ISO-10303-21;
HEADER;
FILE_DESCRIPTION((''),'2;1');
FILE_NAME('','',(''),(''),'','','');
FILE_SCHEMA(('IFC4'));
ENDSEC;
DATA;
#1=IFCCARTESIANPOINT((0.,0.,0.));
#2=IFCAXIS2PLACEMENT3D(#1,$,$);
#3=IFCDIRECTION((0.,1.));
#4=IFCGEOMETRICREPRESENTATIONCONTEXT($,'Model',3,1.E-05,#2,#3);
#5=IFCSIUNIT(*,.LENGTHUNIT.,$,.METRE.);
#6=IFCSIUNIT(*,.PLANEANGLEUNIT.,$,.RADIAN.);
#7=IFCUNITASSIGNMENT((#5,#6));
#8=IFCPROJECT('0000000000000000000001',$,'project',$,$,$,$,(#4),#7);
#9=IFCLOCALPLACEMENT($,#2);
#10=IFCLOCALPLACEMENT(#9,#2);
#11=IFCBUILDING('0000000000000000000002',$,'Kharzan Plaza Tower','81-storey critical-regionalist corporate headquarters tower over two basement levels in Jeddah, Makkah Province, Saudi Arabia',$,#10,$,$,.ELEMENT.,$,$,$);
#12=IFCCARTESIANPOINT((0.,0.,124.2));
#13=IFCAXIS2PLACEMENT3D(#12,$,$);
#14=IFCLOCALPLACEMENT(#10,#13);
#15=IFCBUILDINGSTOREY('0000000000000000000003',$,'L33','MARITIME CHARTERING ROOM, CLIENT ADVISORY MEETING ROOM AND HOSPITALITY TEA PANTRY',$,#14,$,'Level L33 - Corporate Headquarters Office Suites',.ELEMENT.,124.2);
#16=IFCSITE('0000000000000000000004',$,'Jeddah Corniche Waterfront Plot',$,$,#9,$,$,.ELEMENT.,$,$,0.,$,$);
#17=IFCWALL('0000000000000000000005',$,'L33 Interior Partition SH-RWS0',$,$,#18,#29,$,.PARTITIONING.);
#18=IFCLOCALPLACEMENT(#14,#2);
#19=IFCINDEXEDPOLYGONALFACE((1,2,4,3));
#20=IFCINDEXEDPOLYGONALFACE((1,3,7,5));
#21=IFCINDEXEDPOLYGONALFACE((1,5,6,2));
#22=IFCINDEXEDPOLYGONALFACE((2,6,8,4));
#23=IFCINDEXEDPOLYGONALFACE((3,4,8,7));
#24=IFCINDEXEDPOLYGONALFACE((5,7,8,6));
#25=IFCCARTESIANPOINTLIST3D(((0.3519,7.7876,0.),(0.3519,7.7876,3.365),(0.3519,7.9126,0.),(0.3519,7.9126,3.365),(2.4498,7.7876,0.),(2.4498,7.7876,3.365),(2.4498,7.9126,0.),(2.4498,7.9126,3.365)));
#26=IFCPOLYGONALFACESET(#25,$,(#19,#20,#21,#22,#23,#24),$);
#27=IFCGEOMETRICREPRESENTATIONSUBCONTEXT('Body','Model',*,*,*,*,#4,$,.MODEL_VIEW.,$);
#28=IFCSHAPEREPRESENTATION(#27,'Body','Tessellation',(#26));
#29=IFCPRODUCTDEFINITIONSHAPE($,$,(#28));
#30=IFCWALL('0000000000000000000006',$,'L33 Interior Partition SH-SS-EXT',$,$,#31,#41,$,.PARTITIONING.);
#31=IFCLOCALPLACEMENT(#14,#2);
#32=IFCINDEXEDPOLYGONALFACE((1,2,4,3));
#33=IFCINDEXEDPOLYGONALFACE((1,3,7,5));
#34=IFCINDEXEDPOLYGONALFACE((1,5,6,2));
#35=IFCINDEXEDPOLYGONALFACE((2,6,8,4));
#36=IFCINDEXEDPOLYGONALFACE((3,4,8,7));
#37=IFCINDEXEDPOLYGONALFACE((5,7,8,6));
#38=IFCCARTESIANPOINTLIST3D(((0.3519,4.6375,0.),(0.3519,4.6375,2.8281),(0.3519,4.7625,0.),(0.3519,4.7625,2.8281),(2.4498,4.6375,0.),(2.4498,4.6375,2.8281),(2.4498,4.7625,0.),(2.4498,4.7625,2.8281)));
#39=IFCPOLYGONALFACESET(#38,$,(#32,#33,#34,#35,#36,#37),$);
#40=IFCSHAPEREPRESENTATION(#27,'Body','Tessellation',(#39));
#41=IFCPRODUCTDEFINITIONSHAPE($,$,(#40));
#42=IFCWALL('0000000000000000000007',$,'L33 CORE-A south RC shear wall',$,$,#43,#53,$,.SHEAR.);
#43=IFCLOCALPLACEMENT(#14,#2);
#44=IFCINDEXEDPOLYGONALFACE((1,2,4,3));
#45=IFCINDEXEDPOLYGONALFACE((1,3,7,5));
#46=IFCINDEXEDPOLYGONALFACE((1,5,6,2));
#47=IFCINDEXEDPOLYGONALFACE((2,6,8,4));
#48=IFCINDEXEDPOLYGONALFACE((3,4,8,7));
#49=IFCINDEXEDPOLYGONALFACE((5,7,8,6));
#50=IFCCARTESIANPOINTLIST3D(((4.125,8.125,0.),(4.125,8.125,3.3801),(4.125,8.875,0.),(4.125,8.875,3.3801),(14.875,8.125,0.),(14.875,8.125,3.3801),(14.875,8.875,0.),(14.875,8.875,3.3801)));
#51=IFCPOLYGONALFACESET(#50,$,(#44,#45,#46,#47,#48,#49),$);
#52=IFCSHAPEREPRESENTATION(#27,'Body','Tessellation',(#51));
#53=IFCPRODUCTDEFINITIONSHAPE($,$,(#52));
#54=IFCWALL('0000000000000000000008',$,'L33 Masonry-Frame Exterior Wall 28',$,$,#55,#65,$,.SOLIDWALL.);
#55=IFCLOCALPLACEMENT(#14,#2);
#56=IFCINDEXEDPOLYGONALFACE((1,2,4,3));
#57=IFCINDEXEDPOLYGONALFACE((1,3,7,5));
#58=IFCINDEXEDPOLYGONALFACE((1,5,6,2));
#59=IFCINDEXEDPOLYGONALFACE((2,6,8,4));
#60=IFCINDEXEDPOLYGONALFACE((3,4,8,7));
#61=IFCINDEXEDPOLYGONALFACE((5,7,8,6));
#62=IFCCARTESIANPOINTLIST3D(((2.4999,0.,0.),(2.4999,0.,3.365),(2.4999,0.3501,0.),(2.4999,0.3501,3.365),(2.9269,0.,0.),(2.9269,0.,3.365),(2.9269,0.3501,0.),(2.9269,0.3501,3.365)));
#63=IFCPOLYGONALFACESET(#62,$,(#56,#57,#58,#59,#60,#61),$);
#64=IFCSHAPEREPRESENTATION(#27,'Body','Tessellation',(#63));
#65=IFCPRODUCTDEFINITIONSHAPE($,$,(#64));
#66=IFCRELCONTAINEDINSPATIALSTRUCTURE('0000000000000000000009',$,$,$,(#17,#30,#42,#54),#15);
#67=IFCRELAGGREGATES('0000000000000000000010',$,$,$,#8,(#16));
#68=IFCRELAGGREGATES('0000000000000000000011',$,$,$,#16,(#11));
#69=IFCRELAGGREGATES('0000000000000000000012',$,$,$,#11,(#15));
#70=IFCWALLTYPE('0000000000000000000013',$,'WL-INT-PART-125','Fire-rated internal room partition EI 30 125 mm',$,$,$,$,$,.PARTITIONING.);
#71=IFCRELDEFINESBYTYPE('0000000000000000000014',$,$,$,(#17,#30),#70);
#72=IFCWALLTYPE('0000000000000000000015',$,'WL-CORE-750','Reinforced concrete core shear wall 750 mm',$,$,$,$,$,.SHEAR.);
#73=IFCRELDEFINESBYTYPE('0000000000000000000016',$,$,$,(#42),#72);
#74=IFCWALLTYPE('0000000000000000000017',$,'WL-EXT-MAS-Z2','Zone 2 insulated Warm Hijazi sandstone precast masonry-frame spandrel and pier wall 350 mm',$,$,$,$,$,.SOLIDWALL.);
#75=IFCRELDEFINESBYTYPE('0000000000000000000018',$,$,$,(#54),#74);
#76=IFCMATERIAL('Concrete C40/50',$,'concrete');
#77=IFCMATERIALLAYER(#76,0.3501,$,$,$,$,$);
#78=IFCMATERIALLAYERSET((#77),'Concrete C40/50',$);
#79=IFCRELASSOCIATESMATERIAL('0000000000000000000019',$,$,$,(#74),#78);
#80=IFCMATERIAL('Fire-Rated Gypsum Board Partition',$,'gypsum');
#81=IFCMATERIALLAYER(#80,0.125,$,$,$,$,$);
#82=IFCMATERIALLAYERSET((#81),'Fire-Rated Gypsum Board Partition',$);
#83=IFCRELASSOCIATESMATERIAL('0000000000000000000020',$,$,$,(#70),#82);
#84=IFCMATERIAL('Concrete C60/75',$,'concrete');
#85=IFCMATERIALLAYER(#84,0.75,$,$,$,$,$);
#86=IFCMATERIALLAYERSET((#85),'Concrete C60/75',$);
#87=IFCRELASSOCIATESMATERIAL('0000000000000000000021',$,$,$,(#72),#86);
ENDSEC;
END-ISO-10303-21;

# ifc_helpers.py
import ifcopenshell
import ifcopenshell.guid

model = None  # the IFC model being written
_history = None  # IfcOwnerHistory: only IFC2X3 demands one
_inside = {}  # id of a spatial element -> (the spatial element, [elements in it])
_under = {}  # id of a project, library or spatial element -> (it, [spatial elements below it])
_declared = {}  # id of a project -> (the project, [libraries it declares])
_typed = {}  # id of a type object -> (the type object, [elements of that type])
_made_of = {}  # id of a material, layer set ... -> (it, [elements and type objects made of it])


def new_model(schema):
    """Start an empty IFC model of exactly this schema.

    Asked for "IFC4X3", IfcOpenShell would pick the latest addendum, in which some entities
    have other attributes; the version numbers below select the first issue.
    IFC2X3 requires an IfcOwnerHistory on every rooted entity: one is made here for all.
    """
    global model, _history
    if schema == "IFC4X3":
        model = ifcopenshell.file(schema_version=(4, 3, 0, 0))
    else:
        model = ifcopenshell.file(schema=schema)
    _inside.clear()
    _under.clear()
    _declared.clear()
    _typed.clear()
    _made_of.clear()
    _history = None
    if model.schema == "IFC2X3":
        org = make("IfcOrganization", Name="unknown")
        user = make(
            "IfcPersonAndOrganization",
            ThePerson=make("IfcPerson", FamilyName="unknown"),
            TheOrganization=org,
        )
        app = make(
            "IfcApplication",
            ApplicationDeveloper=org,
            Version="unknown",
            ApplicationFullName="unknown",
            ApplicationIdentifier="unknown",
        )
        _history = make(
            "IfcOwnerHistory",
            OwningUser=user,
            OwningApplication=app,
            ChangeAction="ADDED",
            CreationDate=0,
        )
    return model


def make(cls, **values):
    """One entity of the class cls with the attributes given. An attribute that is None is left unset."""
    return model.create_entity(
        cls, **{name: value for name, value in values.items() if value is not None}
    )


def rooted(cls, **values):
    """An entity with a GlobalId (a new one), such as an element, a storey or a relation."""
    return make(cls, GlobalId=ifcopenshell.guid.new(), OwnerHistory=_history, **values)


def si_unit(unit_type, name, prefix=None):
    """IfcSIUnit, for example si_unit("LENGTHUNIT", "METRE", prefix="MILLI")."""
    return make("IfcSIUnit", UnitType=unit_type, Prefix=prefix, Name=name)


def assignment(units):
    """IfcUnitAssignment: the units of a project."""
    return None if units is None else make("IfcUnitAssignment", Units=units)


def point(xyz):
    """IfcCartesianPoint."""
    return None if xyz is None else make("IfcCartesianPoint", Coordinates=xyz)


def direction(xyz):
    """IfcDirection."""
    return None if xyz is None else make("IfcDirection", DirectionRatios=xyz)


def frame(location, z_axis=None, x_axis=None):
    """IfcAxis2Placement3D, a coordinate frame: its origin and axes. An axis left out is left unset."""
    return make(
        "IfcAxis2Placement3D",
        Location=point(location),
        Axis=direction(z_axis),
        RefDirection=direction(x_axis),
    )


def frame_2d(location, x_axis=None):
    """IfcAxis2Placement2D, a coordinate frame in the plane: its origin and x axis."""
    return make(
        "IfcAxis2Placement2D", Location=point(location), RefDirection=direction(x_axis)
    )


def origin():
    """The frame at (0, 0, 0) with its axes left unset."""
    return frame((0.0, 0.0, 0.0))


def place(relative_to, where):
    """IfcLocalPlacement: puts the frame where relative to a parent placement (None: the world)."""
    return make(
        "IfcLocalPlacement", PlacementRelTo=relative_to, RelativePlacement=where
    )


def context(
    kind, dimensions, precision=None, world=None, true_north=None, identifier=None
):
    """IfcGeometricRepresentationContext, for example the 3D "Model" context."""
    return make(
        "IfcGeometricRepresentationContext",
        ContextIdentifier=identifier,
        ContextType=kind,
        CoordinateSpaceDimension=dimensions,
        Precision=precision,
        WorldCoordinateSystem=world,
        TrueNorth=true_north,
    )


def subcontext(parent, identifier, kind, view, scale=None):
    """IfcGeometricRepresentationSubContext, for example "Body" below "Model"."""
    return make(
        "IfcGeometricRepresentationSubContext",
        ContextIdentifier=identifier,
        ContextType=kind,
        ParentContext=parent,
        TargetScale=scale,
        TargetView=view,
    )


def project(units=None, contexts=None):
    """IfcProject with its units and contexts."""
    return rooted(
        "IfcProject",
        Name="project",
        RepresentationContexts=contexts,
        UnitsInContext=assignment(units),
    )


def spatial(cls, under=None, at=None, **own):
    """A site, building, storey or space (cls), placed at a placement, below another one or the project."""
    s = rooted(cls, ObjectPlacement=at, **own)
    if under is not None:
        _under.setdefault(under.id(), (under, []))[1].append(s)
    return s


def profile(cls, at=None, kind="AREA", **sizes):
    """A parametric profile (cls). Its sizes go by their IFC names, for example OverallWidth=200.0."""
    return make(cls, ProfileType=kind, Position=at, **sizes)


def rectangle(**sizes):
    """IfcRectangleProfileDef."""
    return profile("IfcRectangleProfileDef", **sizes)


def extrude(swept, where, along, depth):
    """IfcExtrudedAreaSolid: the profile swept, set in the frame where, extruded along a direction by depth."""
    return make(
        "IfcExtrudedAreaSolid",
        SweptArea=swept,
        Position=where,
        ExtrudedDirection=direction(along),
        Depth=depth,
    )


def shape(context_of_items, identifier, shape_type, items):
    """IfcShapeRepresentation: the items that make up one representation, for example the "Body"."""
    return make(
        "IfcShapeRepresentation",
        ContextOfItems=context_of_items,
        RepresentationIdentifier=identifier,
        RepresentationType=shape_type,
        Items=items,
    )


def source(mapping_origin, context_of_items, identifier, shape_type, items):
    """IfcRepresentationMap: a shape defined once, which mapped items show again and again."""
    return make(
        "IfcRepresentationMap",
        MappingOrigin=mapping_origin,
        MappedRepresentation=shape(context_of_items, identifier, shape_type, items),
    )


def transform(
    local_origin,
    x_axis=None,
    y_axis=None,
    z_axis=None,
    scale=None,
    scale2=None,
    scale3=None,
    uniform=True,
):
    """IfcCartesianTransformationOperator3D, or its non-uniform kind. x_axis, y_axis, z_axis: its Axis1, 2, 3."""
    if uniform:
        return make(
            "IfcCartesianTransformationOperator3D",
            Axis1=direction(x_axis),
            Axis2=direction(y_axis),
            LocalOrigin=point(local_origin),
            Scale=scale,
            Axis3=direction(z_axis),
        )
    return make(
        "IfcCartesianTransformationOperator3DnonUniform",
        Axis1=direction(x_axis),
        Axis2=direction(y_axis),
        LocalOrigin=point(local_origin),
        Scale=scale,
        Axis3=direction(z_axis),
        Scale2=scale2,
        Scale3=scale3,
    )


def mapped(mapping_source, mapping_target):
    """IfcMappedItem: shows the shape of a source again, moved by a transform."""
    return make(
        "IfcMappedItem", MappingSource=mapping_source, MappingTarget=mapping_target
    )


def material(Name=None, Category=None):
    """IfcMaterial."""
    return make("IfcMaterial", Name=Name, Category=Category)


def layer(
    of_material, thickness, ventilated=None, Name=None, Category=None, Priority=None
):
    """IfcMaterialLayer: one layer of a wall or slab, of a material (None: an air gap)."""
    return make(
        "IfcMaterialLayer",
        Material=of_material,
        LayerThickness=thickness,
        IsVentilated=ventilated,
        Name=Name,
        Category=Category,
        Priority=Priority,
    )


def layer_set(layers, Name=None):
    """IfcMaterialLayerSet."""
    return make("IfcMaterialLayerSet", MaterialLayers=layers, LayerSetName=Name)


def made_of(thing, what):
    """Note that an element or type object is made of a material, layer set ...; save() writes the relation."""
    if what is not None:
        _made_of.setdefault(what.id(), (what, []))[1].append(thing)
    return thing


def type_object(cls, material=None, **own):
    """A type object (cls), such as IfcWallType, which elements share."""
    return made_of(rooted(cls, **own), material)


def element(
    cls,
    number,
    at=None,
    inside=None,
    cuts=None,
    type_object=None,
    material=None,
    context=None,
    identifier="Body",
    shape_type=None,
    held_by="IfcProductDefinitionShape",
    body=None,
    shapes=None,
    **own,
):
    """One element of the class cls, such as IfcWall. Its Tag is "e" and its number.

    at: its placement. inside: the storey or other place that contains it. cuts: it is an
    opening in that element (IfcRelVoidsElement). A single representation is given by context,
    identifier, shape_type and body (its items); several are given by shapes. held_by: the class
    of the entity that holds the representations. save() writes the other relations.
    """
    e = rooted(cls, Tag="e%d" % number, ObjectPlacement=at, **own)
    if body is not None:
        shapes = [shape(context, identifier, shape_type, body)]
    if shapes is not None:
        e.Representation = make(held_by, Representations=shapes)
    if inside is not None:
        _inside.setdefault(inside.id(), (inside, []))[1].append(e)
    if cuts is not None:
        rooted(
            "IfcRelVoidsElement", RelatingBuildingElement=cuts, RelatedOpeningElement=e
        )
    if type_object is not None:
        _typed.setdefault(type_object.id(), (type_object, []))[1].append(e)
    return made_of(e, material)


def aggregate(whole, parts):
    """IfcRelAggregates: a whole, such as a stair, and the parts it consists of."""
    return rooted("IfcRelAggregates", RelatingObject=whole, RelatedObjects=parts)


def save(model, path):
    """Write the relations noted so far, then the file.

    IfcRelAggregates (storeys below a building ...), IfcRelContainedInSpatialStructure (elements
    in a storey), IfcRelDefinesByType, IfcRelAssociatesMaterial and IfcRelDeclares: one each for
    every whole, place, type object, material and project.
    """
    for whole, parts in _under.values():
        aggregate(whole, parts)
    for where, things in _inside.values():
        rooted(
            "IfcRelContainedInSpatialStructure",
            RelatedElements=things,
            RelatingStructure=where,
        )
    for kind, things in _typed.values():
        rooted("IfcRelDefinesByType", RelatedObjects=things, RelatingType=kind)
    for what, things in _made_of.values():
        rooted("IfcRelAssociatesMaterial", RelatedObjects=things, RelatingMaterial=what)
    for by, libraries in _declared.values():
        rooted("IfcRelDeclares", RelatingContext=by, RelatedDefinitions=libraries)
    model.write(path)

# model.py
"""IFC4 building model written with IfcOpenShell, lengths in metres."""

from ifc_helpers import new_model, si_unit, direction, frame, frame_2d, origin, place, context, subcontext, project, spatial, rectangle, extrude, source, transform, mapped, material, layer, layer_set, type_object, element, save


model = new_model("IFC4")

# Units and contexts
model_context = context("Model", 3, precision=1e-05, world=origin(), true_north=direction((0.0, 1.0)))
body_context = subcontext(model_context, "Body", "Model", "MODEL_VIEW")
ifc_project = project(units=[si_unit("LENGTHUNIT", "METRE"), si_unit("PLANEANGLEUNIT", "RADIAN")], contexts=[model_context])

# Site, building, storey
site_placement = place(None, origin())
site = spatial("IfcSite", under=ifc_project, at=site_placement, Name="Jeddah Corniche Waterfront Plot", CompositionType="ELEMENT", RefElevation=0.0)
building_placement = place(site_placement, origin())
building = spatial("IfcBuilding", under=site, at=building_placement, Name="Kharzan Plaza Tower", Description="81-storey critical-regionalist corporate headquarters tower over two basement levels in Jeddah, Makkah Province, Saudi Arabia", CompositionType="ELEMENT")
storey_placement = place(building_placement, frame((0.0, 0.0, 124.2)))
storey = spatial("IfcBuildingStorey", under=building, at=storey_placement, Name="L33", Description="MARITIME CHARTERING ROOM, CLIENT ADVISORY MEETING ROOM AND HOSPITALITY TEA PANTRY", LongName="Level L33 - Corporate Headquarters Office Suites", CompositionType="ELEMENT", Elevation=124.2)

# Shared definitions
ifc_material_1 = material(Name="Concrete C60/75", Category="concrete")

# Shared definitions
ifc_material_2 = material(Name="Concrete C40/50", Category="concrete")

# Shared definitions
ifc_layer_1 = layer(ifc_material_2, 0.3501)
ifc_layer_set_1 = layer_set([ifc_layer_1], Name="Concrete C40/50")
wall_type_1 = type_object("IfcWallType", Name="WL-EXT-MAS-Z2", Description="Zone 2 insulated Warm Hijazi sandstone precast masonry-frame spandrel and pier wall 350 mm", PredefinedType="SOLIDWALL", material=ifc_layer_set_1)

# Shared definitions
ifc_material_3 = material(Name="Fire-Rated Gypsum Board Partition", Category="gypsum")
ifc_layer_2 = layer(ifc_material_3, 0.125)
ifc_layer_set_2 = layer_set([ifc_layer_2], Name="Fire-Rated Gypsum Board Partition")
wall_type_2 = type_object("IfcWallType", Name="WL-INT-PART-125", Description="Fire-rated internal room partition EI 30 125 mm", PredefinedType="PARTITIONING", material=ifc_layer_set_2)

# Walls
shared_shape_1 = source(origin(), body_context, "Body", "SweptSolid", [
    extrude(rectangle(XDim=2.0979, YDim=0.125, at=frame_2d((1.0488, 0.0))), origin(), (0.0, 0.0, 1.0), 3.365),
])
wall_1_placement = place(storey_placement, frame((0.3521, 7.8501, 0.0), z_axis=(0.0, 0.0, 1.0), x_axis=(1.0, 0.0, 0.0)))
element("IfcWall", 1, at=wall_1_placement, inside=storey, type_object=wall_type_2, Name="L33 Interior Partition SH-RWS0", PredefinedType="PARTITIONING", context=body_context, shape_type="MappedRepresentation", body=[
    mapped(shared_shape_1, transform((0.0, 0.0, 0.0), x_axis=(1.0, 0.0, 0.0), y_axis=(0.0, 1.0, 0.0), z_axis=(0.0, 0.0, 1.0))),
])
shared_shape_2 = source(origin(), body_context, "Body", "SweptSolid", [
    extrude(rectangle(XDim=2.0979, YDim=0.125, at=frame_2d((1.0488, 0.0))), origin(), (0.0, 0.0, 1.0), 2.8281),
])
wall_2_placement = place(storey_placement, frame((0.3521, 4.7, 0.0), z_axis=(0.0, 0.0, 1.0), x_axis=(1.0, 0.0, 0.0)))
element("IfcWall", 2, at=wall_2_placement, inside=storey, type_object=wall_type_2, Name="L33 Interior Partition SH-SS-EXT", PredefinedType="PARTITIONING", context=body_context, shape_type="MappedRepresentation", body=[
    mapped(shared_shape_2, transform((0.0, 0.0, 0.0), x_axis=(1.0, 0.0, 0.0), y_axis=(0.0, 1.0, 0.0), z_axis=(0.0, 0.0, 1.0))),
])
ifc_layer_3 = layer(ifc_material_1, 0.75)
ifc_layer_set_3 = layer_set([ifc_layer_3], Name="Concrete C60/75")
wall_type_3 = type_object("IfcWallType", Name="WL-CORE-750", Description="Reinforced concrete core shear wall 750 mm", PredefinedType="SHEAR", material=ifc_layer_set_3)
shared_shape_3 = source(origin(), body_context, "Body", "SweptSolid", [
    extrude(rectangle(XDim=10.75, YDim=0.75, at=frame_2d((5.375, 0.0))), origin(), (0.0, 0.0, 1.0), 3.3801),
])
wall_3_placement = place(storey_placement, frame((4.125, 8.5, 0.0), z_axis=(0.0, 0.0, 1.0), x_axis=(1.0, 0.0, 0.0)))
element("IfcWall", 3, at=wall_3_placement, inside=storey, type_object=wall_type_3, Name="L33 CORE-A south RC shear wall", PredefinedType="SHEAR", context=body_context, shape_type="MappedRepresentation", body=[
    mapped(shared_shape_3, transform((0.0, 0.0, 0.0), x_axis=(1.0, 0.0, 0.0), y_axis=(0.0, 1.0, 0.0), z_axis=(0.0, 0.0, 1.0))),
])
shared_shape_4 = source(origin(), body_context, "Body", "SweptSolid", [
    extrude(rectangle(XDim=0.427, YDim=0.3501, at=frame_2d((0.2134, 0.0))), origin(), (0.0, 0.0, 1.0), 3.365),
])
wall_4_placement = place(storey_placement, frame((2.5, 0.175, 0.0), z_axis=(0.0, 0.0, 1.0), x_axis=(1.0, 0.0, 0.0)))
element("IfcWall", 4, at=wall_4_placement, inside=storey, type_object=wall_type_1, Name="L33 Masonry-Frame Exterior Wall 28", PredefinedType="SOLIDWALL", context=body_context, shape_type="MappedRepresentation", body=[
    mapped(shared_shape_4, transform((0.0, 0.0, 0.0), x_axis=(1.0, 0.0, 0.0), y_axis=(0.0, 1.0, 0.0), z_axis=(0.0, 0.0, 1.0))),
])

save(model, "model.ifc")
